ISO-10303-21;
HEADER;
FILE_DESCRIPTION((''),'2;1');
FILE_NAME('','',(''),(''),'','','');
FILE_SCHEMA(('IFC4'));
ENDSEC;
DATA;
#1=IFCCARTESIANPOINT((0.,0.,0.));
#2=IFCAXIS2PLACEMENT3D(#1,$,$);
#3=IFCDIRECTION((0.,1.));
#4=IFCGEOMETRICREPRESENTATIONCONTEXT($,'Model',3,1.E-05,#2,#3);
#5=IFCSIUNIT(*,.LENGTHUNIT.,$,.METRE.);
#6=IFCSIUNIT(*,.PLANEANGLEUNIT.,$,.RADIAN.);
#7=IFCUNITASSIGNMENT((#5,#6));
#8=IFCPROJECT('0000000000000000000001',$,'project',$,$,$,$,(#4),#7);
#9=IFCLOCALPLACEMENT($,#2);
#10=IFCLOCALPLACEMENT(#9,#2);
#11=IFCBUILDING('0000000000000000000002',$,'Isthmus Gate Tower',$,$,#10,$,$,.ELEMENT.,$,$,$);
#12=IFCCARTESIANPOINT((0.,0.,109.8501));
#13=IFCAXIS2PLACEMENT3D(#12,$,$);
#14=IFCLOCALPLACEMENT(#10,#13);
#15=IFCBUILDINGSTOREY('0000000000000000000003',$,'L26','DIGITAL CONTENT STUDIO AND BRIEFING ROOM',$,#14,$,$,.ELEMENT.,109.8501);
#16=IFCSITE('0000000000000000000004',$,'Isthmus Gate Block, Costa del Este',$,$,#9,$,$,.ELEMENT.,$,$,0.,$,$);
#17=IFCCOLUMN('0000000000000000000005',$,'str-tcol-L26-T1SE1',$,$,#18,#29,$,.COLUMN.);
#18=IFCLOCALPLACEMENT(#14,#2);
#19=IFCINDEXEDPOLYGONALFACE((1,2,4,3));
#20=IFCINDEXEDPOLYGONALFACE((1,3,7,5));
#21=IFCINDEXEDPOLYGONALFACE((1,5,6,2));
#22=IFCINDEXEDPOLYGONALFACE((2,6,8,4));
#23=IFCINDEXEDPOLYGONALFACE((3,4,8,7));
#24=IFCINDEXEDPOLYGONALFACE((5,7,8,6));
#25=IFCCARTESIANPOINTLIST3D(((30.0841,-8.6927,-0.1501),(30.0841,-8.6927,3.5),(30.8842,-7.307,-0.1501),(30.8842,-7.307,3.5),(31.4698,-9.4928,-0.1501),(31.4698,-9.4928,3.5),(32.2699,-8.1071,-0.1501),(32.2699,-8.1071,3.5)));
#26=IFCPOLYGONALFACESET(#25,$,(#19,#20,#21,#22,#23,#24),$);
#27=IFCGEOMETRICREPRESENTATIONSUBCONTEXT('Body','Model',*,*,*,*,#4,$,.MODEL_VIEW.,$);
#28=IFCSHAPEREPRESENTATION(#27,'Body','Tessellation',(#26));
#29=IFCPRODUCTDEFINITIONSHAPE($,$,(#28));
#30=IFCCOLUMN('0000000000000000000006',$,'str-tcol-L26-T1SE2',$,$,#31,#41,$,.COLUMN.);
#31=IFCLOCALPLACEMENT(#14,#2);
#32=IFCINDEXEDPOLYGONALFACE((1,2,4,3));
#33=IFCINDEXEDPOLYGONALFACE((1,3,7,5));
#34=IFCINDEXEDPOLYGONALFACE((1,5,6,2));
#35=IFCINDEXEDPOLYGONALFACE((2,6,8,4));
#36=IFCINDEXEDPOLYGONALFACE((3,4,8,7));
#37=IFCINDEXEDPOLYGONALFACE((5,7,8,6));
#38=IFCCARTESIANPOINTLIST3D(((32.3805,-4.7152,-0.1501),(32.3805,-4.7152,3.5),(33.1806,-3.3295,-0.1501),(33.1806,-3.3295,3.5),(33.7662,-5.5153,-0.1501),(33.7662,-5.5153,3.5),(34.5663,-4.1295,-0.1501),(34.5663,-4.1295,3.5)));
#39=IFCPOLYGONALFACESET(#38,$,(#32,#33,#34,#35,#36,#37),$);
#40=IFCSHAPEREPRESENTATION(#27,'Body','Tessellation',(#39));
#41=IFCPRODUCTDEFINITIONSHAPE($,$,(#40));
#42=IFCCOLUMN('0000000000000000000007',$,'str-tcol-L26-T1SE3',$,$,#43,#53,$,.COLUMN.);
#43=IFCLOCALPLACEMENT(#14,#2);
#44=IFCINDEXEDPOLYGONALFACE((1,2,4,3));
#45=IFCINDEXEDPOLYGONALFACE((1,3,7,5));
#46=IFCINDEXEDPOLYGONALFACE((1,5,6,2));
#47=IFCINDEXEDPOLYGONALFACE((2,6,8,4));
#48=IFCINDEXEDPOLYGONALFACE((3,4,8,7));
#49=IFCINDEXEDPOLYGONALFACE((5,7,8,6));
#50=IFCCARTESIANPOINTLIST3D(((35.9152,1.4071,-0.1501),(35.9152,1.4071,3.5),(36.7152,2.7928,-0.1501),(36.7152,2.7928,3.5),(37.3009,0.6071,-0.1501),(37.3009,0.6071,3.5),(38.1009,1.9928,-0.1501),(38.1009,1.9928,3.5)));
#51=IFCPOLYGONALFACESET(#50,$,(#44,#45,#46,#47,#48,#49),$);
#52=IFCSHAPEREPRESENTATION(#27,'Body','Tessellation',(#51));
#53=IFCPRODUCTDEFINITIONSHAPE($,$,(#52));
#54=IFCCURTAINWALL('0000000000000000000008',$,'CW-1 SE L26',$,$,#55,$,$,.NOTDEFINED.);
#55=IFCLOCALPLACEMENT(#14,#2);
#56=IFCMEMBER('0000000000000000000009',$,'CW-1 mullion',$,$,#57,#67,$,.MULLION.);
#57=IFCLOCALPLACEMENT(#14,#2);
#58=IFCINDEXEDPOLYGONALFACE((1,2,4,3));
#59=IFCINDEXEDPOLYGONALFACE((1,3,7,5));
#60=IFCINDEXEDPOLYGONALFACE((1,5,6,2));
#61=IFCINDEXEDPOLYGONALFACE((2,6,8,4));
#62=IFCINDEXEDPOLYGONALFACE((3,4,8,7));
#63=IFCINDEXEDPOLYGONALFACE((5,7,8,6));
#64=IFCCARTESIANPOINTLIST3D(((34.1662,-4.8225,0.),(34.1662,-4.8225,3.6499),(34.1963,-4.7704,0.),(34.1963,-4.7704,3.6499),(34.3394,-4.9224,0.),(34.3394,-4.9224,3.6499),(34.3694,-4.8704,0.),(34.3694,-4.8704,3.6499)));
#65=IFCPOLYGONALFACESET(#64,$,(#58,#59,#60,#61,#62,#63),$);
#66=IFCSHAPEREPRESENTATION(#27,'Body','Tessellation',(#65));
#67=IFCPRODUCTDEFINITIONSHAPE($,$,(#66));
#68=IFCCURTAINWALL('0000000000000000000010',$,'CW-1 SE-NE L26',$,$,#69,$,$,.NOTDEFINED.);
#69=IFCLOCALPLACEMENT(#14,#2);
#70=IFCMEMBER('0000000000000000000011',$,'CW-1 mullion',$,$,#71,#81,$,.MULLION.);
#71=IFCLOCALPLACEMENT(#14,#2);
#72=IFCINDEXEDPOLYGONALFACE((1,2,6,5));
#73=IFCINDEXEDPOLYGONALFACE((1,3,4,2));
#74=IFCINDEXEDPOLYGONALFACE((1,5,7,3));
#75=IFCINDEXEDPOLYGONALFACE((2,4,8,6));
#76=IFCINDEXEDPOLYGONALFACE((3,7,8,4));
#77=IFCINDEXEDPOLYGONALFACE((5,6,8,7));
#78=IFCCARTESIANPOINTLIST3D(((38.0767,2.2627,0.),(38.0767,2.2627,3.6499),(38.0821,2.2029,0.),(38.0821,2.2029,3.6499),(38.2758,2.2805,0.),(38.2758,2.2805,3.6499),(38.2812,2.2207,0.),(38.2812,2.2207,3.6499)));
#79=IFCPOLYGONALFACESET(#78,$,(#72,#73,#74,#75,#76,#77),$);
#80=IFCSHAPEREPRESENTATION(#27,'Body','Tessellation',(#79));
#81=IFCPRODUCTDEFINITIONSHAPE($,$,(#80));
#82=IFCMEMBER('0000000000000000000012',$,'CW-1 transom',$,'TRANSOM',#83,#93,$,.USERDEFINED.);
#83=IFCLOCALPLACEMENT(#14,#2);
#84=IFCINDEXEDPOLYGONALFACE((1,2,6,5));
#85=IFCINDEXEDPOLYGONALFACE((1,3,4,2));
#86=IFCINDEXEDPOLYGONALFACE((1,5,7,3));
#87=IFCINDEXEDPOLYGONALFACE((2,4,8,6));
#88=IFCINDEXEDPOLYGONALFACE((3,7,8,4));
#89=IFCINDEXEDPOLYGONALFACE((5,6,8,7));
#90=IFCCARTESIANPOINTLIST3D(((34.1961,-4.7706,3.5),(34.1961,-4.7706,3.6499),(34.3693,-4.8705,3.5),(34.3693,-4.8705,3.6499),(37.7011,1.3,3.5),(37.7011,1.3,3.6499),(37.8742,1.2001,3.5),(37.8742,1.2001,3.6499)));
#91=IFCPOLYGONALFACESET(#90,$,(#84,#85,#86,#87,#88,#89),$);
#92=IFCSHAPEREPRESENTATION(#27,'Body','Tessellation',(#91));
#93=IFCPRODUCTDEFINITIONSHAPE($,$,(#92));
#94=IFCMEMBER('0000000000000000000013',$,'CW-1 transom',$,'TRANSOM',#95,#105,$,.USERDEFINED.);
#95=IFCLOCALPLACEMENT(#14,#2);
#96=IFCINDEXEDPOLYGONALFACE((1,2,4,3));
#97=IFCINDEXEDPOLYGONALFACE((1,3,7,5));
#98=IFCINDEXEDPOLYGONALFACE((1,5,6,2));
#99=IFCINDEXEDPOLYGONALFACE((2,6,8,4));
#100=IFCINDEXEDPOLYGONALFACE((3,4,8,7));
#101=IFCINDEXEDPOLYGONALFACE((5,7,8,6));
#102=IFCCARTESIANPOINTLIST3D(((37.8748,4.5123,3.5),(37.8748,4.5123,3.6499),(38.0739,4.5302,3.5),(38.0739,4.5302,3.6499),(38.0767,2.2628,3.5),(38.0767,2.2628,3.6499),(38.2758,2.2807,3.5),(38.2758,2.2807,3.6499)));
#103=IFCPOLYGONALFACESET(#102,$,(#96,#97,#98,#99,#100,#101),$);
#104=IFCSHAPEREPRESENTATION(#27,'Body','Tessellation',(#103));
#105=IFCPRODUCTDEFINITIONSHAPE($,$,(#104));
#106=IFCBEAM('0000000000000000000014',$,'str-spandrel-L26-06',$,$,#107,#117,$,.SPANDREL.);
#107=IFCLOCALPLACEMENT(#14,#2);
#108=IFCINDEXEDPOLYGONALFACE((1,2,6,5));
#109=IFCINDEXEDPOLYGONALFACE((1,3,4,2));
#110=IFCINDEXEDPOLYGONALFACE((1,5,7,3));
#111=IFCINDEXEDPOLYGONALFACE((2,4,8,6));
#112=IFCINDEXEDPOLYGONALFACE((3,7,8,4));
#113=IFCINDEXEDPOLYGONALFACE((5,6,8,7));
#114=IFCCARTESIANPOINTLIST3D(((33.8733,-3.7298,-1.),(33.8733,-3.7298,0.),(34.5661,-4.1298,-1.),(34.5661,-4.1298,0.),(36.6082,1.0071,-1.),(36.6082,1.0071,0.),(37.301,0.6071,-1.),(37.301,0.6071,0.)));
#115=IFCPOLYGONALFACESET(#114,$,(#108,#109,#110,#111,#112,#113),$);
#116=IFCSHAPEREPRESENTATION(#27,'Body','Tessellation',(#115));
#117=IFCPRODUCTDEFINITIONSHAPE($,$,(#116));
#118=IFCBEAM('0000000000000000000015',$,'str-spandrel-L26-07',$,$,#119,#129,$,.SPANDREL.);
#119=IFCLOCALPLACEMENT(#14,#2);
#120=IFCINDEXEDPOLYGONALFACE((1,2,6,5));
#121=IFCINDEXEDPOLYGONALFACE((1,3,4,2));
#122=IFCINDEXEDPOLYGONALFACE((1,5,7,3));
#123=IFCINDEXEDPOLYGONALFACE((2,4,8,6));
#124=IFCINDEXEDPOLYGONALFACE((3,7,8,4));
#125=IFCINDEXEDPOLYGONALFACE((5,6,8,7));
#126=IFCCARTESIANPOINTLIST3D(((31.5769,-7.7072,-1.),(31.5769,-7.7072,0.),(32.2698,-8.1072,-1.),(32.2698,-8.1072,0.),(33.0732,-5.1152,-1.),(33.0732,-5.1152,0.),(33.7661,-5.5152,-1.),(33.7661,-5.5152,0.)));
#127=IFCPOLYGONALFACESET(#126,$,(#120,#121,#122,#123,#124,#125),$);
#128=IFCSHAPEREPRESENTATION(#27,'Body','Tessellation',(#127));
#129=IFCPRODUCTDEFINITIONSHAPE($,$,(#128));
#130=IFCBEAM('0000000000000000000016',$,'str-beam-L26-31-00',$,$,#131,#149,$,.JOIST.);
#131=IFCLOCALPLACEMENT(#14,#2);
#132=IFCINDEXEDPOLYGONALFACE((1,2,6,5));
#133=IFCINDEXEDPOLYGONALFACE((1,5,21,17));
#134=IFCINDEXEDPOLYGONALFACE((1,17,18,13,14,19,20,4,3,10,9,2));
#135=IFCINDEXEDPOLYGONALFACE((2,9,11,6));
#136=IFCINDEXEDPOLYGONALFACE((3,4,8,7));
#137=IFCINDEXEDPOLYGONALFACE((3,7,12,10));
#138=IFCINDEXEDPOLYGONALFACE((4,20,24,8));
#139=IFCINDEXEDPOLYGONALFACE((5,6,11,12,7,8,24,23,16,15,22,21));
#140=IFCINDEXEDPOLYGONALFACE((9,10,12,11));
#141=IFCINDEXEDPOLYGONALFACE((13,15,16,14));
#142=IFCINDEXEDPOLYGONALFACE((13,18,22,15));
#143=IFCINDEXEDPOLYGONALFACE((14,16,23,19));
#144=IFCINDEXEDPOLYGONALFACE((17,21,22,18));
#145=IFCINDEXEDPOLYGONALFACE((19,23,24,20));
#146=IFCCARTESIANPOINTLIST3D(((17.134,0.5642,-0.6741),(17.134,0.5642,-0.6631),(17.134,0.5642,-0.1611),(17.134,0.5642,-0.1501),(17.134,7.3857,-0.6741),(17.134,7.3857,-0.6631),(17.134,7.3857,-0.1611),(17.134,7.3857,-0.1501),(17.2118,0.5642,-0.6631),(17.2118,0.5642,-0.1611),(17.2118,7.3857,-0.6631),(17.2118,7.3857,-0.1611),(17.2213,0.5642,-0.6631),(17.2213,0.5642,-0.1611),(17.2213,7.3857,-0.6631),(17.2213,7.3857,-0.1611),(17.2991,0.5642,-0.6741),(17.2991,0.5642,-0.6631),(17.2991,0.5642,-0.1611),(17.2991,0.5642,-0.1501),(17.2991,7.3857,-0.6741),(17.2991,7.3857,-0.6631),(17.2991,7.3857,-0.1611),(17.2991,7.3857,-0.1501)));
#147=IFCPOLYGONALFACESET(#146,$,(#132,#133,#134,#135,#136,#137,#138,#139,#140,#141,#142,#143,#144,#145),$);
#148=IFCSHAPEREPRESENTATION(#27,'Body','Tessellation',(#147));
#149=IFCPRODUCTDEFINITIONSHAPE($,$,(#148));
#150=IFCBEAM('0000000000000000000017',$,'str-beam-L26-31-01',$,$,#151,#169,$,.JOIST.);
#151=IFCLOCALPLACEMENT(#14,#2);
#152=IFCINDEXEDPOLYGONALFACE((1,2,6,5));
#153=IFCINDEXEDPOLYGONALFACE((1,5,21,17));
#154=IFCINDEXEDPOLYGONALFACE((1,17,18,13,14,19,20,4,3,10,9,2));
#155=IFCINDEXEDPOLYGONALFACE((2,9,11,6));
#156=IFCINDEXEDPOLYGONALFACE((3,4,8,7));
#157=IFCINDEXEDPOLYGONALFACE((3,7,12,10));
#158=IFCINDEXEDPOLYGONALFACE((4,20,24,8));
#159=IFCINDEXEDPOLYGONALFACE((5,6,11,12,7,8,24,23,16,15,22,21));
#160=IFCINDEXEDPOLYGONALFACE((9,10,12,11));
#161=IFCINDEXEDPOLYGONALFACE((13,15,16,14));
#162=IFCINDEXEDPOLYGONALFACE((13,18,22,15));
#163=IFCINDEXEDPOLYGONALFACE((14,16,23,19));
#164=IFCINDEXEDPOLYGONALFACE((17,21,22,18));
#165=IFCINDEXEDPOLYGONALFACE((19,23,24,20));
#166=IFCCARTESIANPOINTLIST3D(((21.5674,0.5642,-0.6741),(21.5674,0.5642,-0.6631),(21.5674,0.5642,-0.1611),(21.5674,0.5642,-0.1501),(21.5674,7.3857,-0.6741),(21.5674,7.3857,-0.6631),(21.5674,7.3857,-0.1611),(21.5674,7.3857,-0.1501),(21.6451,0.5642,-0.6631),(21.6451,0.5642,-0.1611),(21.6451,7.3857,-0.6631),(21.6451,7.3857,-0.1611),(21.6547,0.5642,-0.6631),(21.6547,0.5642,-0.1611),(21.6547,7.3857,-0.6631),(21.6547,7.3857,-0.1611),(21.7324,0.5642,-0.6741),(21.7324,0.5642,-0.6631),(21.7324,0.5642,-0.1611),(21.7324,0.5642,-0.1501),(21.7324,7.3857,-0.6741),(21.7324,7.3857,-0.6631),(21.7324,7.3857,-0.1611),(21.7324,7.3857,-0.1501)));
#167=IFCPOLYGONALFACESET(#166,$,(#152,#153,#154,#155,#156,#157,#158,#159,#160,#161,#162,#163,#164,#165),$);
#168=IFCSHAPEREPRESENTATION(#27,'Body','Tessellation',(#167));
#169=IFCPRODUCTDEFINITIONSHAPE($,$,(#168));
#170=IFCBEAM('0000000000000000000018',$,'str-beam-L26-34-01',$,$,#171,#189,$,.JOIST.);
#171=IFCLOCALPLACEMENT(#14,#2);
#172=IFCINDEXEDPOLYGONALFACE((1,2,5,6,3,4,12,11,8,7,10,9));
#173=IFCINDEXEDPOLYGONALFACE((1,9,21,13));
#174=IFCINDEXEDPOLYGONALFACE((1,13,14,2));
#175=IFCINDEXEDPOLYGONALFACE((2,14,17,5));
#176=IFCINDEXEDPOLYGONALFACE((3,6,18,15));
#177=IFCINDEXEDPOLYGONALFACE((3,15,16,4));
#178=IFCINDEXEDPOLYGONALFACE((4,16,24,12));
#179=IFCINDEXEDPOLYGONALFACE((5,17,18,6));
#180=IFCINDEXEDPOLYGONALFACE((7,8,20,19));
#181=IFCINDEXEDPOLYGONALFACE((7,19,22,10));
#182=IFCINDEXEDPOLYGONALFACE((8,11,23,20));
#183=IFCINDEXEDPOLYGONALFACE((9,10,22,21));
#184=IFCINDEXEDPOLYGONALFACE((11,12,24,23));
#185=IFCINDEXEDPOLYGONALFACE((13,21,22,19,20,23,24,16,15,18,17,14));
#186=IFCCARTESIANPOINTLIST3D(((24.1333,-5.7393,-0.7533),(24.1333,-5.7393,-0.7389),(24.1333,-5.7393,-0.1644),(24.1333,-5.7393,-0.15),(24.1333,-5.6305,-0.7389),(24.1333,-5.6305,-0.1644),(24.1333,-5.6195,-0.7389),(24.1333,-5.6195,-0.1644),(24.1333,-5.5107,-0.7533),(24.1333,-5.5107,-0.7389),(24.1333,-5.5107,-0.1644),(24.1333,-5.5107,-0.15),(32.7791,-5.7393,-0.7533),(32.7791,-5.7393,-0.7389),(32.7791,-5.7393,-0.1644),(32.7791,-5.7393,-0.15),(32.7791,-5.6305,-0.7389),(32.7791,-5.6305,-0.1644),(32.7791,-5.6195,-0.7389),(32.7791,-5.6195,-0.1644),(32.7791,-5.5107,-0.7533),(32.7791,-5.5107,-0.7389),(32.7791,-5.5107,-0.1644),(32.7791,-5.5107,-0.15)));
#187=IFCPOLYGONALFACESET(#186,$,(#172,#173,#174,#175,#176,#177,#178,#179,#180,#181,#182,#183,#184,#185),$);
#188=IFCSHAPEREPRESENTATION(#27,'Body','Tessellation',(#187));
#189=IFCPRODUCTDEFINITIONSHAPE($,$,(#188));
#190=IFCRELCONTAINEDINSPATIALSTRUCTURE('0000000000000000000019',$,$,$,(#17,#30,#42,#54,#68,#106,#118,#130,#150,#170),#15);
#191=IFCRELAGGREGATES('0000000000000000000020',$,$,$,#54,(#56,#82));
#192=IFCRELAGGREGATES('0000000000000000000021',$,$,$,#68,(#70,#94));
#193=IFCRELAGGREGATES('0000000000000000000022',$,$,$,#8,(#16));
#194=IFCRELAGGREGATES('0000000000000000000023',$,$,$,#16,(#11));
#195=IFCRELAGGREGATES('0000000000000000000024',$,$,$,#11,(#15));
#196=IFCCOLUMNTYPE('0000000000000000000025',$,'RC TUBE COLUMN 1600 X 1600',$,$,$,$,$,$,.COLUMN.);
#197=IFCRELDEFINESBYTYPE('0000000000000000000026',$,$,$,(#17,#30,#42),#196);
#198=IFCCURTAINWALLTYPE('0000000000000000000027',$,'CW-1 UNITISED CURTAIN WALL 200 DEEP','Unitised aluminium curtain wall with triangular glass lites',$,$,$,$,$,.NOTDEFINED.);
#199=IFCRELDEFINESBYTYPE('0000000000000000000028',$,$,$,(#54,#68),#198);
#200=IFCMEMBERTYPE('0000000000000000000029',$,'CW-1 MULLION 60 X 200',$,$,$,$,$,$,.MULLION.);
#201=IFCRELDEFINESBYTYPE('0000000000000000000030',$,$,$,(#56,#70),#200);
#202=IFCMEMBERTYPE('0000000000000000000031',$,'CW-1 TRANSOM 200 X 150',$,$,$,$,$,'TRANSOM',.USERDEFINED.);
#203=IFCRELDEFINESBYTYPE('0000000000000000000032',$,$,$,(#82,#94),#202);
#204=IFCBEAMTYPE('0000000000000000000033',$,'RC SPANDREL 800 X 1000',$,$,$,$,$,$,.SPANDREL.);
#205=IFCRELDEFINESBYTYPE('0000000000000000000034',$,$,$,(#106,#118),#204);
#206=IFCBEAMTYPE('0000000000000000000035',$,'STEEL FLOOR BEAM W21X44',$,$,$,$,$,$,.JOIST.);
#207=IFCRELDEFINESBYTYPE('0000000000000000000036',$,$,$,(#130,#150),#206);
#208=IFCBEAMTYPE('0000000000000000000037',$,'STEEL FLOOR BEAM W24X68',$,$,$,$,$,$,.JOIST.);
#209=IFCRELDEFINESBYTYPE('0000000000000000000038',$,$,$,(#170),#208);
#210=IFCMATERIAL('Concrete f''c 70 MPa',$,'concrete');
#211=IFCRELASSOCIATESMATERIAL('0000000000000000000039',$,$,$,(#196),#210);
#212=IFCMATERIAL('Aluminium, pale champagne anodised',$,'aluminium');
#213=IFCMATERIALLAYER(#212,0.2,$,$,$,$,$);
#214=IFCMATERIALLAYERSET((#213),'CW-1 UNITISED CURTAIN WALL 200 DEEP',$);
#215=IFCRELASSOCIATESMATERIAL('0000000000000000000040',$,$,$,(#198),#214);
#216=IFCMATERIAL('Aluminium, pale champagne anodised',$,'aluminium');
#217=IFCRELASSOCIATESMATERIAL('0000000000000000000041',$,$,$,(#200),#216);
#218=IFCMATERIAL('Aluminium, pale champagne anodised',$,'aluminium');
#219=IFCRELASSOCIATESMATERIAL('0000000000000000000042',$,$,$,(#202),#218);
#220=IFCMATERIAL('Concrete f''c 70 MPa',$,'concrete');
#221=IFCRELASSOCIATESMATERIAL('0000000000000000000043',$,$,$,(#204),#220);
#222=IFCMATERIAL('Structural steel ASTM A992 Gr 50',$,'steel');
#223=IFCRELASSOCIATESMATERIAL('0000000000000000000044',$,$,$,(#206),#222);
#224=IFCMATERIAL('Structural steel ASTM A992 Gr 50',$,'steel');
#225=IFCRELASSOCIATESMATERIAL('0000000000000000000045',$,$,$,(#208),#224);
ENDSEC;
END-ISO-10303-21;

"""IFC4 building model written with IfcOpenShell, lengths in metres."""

from ifc_helpers import new_model, si_unit, direction, frame, origin, origin_2d, place, context, subcontext, project, spatial, rectangle, i_section, extrude, material, layer, layer_set, material_profile, profile_set, type_object, element, aggregate, save


model = new_model("IFC4")

# Units and contexts
model_context = context("Model", 3, precision=1e-05, world=origin(), true_north=direction((0.0, 1.0)))
body_context = subcontext(model_context, "Body", "Model", "MODEL_VIEW")
ifc_project = project(units=[si_unit("LENGTHUNIT", "METRE"), si_unit("PLANEANGLEUNIT", "RADIAN")], contexts=[model_context])

# Site, building, storey
site_placement = place(None, origin())
site = spatial("IfcSite", under=ifc_project, at=site_placement, Name="Isthmus Gate Block, Costa del Este", CompositionType="ELEMENT", RefElevation=0.0)
building_placement = place(site_placement, origin())
building = spatial("IfcBuilding", under=site, at=building_placement, Name="Isthmus Gate Tower", CompositionType="ELEMENT")
storey_placement = place(building_placement, frame((0.0, 0.0, 109.8501)))
storey = spatial("IfcBuildingStorey", under=building, at=storey_placement, Name="L26", Description="DIGITAL CONTENT STUDIO AND BRIEFING ROOM", CompositionType="ELEMENT", Elevation=109.8501)

# Columns
ifc_material_1 = material(Name="Concrete f'c 70 MPa", Category="concrete")
ifc_material_profile_1 = material_profile(ifc_material_1, rectangle(XDim=1.6001, YDim=1.6001, at=origin_2d()), Name="RC 1600X1600")
ifc_profile_set_1 = profile_set([ifc_material_profile_1], Name="Concrete f'c 70 MPa")
column_type = type_object("IfcColumnType", Name="RC TUBE COLUMN 1600 X 1600", PredefinedType="COLUMN", material=ifc_profile_set_1)
for number, where, z_axis, x_axis, name in (
    (1, (31.177, -8.3999, -0.1501), (0.0, 0.0, 1.0), (0.5, 0.866025, 0.0), "str-tcol-L26-T1SE1"),
    (2, (33.4734, -4.4224, -0.1501), (0.0, 0.0, 1.0), (0.5, 0.866025, 0.0), "str-tcol-L26-T1SE2"),
    (3, (37.0081, 1.7, -0.1501), (0.0, 0.0, 1.0), (0.5, 0.866025, 0.0), "str-tcol-L26-T1SE3"),
):
    element("IfcColumn", number, at=place(storey_placement, frame(where, z_axis=z_axis, x_axis=x_axis)), inside=storey, type_object=column_type, Name=name, PredefinedType="COLUMN", context=body_context, shape_type="SweptSolid", body=[
        extrude(rectangle(XDim=1.6001, YDim=1.6001, at=origin_2d()), origin(), (0.0, 0.0, 1.0), 3.6501),
    ])

# Curtain walls, members
ifc_material_2 = material(Name="Aluminium, pale champagne anodised", Category="aluminium")
ifc_layer_1 = layer(ifc_material_2, 0.2)
ifc_layer_set_1 = layer_set([ifc_layer_1], Name="CW-1 UNITISED CURTAIN WALL 200 DEEP")
curtain_wall_type = type_object("IfcCurtainWallType", Name="CW-1 UNITISED CURTAIN WALL 200 DEEP", Description="Unitised aluminium curtain wall with triangular glass lites", PredefinedType="NOTDEFINED", material=ifc_layer_set_1)
curtain_wall_1_placement = place(storey_placement, origin())
curtain_wall_1 = element("IfcCurtainWall", 4, at=curtain_wall_1_placement, inside=storey, type_object=curtain_wall_type, Name="CW-1 SE L26", PredefinedType="NOTDEFINED")
ifc_material_3 = material(Name="Aluminium, pale champagne anodised", Category="aluminium")
ifc_material_profile_2 = material_profile(ifc_material_3, rectangle(XDim=0.0601, YDim=0.2, at=origin_2d()), Name="60x200")
ifc_profile_set_2 = profile_set([ifc_material_profile_2], Name="Aluminium, pale champagne anodised")
member_type_1 = type_object("IfcMemberType", Name="CW-1 MULLION 60 X 200", PredefinedType="MULLION", material=ifc_profile_set_2)
member_1_placement = place(storey_placement, frame((34.2678, -4.8464, 0.0), z_axis=(0.0, 0.0, 1.0), x_axis=(0.5, 0.866025, 0.0)))
member_1 = element("IfcMember", 5, at=member_1_placement, type_object=member_type_1, Name="CW-1 mullion", PredefinedType="MULLION", context=body_context, shape_type="SweptSolid", body=[
    extrude(rectangle(XDim=0.0601, YDim=0.2, at=origin_2d()), origin(), (0.0, 0.0, 1.0), 3.6499),
])
curtain_wall_2_placement = place(storey_placement, origin())
curtain_wall_2 = element("IfcCurtainWall", 6, at=curtain_wall_2_placement, inside=storey, type_object=curtain_wall_type, Name="CW-1 SE-NE L26", PredefinedType="NOTDEFINED")
member_2_placement = place(storey_placement, frame((38.179, 2.2417, 0.0), z_axis=(0.0, 0.0, 1.0), x_axis=(-0.089397, 0.995996, 0.0)))
member_2 = element("IfcMember", 7, at=member_2_placement, type_object=member_type_1, Name="CW-1 mullion", PredefinedType="MULLION", context=body_context, shape_type="SweptSolid", body=[
    extrude(rectangle(XDim=0.0601, YDim=0.2, at=origin_2d()), origin(), (0.0, 0.0, 1.0), 3.6499),
])

# Members
ifc_material_4 = material(Name="Aluminium, pale champagne anodised", Category="aluminium")
ifc_material_profile_3 = material_profile(ifc_material_4, rectangle(XDim=0.2, YDim=0.1499, at=origin_2d()), Name="200x150")
ifc_profile_set_3 = profile_set([ifc_material_profile_3], Name="Aluminium, pale champagne anodised")
member_type_2 = type_object("IfcMemberType", Name="CW-1 TRANSOM 200 X 150", ElementType="TRANSOM", PredefinedType="USERDEFINED", material=ifc_profile_set_3)
member_3_placement = place(storey_placement, frame((34.2827, -4.8206, 3.575), z_axis=(0.500005, 0.866023, 0.0), x_axis=(-0.866023, 0.500005, 0.0)))
member_3 = element("IfcMember", 8, at=member_3_placement, type_object=member_type_2, Name="CW-1 transom", ObjectType="TRANSOM", PredefinedType="USERDEFINED", context=body_context, shape_type="SweptSolid", body=[
    extrude(rectangle(XDim=0.2, YDim=0.1499, at=origin_2d()), origin(), (0.0, 0.0, 1.0), 7.0098),
])
member_4_placement = place(storey_placement, frame((38.1763, 2.2717, 3.575), z_axis=(-0.089395, 0.995996, 0.0), x_axis=(-0.995996, -0.089395, 0.0)))
member_4 = element("IfcMember", 9, at=member_4_placement, type_object=member_type_2, Name="CW-1 transom", ObjectType="TRANSOM", PredefinedType="USERDEFINED", context=body_context, shape_type="SweptSolid", body=[
    extrude(rectangle(XDim=0.2, YDim=0.1499, at=origin_2d()), origin(), (0.0, 0.0, 1.0), 2.2585),
])

# Beams
ifc_material_5 = material(Name="Concrete f'c 70 MPa", Category="concrete")
ifc_material_profile_4 = material_profile(ifc_material_5, rectangle(XDim=0.8, YDim=1.0, at=origin_2d()), Name="RC 800X1000")
ifc_profile_set_4 = profile_set([ifc_material_profile_4], Name="Concrete f'c 70 MPa")
beam_type_1 = type_object("IfcBeamType", Name="RC SPANDREL 800 X 1000", PredefinedType="SPANDREL", material=ifc_profile_set_4)
beam_1_placement = place(storey_placement, frame((36.9546, 0.8071, -0.5), z_axis=(-0.500008, -0.866021, 0.0), x_axis=(0.866021, -0.500008, 0.0)))
element("IfcBeam", 10, at=beam_1_placement, inside=storey, type_object=beam_type_1, Name="str-spandrel-L26-06", PredefinedType="SPANDREL", context=body_context, shape_type="SweptSolid", body=[
    extrude(rectangle(XDim=0.8, YDim=1.0, at=origin_2d()), origin(), (0.0, 0.0, 1.0), 5.4697),
])
beam_2_placement = place(storey_placement, frame((33.4197, -5.3152, -0.5), z_axis=(-0.499955, -0.866051, 0.0), x_axis=(0.866051, -0.499955, 0.0)))
element("IfcBeam", 11, at=beam_2_placement, inside=storey, type_object=beam_type_1, Name="str-spandrel-L26-07", PredefinedType="SPANDREL", context=body_context, shape_type="SweptSolid", body=[
    extrude(rectangle(XDim=0.8, YDim=1.0, at=origin_2d()), origin(), (0.0, 0.0, 1.0), 2.9929),
])
ifc_material_6 = material(Name="Structural steel ASTM A992 Gr 50", Category="steel")
ifc_material_profile_5 = material_profile(ifc_material_6, i_section(OverallWidth=0.165, OverallDepth=0.5239, WebThickness=0.0095, FlangeThickness=0.011, at=origin_2d()), Name="W21X44")
ifc_profile_set_5 = profile_set([ifc_material_profile_5], Name="Structural steel ASTM A992 Gr 50")
beam_type_2 = type_object("IfcBeamType", Name="STEEL FLOOR BEAM W21X44", PredefinedType="JOIST", material=ifc_profile_set_5)
for number, where, z_axis, x_axis, name in (
    (12, (17.2166, 0.5642, -0.4121), (0.0, 1.0, 0.0), (-1.0, 0.0, 0.0), "str-beam-L26-31-00"),
    (13, (21.6499, 0.5642, -0.4121), (0.0, 1.0, 0.0), (-1.0, 0.0, 0.0), "str-beam-L26-31-01"),
):
    element("IfcBeam", number, at=place(storey_placement, frame(where, z_axis=z_axis, x_axis=x_axis)), inside=storey, type_object=beam_type_2, Name=name, PredefinedType="JOIST", context=body_context, shape_type="SweptSolid", body=[
        extrude(i_section(OverallWidth=0.165, OverallDepth=0.5239, WebThickness=0.0095, FlangeThickness=0.011, at=origin_2d()), origin(), (0.0, 0.0, 1.0), 6.8215),
    ])
ifc_material_7 = material(Name="Structural steel ASTM A992 Gr 50", Category="steel")
ifc_material_profile_6 = material_profile(ifc_material_7, i_section(OverallWidth=0.2285, OverallDepth=0.6033, WebThickness=0.011, FlangeThickness=0.0144, at=origin_2d()), Name="W24X68")
ifc_profile_set_6 = profile_set([ifc_material_profile_6], Name="Structural steel ASTM A992 Gr 50")
beam_type_3 = type_object("IfcBeamType", Name="STEEL FLOOR BEAM W24X68", PredefinedType="JOIST", material=ifc_profile_set_6)
beam_3_placement = place(storey_placement, frame((24.1333, -5.625, -0.4517), z_axis=(1.0, 0.0, 0.0), x_axis=(0.0, 1.0, 0.0)))
element("IfcBeam", 14, at=beam_3_placement, inside=storey, type_object=beam_type_3, Name="str-beam-L26-34-01", PredefinedType="JOIST", context=body_context, shape_type="SweptSolid", body=[
    extrude(i_section(OverallWidth=0.2285, OverallDepth=0.6033, WebThickness=0.011, FlangeThickness=0.0144, at=origin_2d()), origin(), (0.0, 0.0, 1.0), 8.6458),
])

aggregate(curtain_wall_1, [member_1, member_3])
aggregate(curtain_wall_2, [member_2, member_4])

save(model, "model.ifc")
